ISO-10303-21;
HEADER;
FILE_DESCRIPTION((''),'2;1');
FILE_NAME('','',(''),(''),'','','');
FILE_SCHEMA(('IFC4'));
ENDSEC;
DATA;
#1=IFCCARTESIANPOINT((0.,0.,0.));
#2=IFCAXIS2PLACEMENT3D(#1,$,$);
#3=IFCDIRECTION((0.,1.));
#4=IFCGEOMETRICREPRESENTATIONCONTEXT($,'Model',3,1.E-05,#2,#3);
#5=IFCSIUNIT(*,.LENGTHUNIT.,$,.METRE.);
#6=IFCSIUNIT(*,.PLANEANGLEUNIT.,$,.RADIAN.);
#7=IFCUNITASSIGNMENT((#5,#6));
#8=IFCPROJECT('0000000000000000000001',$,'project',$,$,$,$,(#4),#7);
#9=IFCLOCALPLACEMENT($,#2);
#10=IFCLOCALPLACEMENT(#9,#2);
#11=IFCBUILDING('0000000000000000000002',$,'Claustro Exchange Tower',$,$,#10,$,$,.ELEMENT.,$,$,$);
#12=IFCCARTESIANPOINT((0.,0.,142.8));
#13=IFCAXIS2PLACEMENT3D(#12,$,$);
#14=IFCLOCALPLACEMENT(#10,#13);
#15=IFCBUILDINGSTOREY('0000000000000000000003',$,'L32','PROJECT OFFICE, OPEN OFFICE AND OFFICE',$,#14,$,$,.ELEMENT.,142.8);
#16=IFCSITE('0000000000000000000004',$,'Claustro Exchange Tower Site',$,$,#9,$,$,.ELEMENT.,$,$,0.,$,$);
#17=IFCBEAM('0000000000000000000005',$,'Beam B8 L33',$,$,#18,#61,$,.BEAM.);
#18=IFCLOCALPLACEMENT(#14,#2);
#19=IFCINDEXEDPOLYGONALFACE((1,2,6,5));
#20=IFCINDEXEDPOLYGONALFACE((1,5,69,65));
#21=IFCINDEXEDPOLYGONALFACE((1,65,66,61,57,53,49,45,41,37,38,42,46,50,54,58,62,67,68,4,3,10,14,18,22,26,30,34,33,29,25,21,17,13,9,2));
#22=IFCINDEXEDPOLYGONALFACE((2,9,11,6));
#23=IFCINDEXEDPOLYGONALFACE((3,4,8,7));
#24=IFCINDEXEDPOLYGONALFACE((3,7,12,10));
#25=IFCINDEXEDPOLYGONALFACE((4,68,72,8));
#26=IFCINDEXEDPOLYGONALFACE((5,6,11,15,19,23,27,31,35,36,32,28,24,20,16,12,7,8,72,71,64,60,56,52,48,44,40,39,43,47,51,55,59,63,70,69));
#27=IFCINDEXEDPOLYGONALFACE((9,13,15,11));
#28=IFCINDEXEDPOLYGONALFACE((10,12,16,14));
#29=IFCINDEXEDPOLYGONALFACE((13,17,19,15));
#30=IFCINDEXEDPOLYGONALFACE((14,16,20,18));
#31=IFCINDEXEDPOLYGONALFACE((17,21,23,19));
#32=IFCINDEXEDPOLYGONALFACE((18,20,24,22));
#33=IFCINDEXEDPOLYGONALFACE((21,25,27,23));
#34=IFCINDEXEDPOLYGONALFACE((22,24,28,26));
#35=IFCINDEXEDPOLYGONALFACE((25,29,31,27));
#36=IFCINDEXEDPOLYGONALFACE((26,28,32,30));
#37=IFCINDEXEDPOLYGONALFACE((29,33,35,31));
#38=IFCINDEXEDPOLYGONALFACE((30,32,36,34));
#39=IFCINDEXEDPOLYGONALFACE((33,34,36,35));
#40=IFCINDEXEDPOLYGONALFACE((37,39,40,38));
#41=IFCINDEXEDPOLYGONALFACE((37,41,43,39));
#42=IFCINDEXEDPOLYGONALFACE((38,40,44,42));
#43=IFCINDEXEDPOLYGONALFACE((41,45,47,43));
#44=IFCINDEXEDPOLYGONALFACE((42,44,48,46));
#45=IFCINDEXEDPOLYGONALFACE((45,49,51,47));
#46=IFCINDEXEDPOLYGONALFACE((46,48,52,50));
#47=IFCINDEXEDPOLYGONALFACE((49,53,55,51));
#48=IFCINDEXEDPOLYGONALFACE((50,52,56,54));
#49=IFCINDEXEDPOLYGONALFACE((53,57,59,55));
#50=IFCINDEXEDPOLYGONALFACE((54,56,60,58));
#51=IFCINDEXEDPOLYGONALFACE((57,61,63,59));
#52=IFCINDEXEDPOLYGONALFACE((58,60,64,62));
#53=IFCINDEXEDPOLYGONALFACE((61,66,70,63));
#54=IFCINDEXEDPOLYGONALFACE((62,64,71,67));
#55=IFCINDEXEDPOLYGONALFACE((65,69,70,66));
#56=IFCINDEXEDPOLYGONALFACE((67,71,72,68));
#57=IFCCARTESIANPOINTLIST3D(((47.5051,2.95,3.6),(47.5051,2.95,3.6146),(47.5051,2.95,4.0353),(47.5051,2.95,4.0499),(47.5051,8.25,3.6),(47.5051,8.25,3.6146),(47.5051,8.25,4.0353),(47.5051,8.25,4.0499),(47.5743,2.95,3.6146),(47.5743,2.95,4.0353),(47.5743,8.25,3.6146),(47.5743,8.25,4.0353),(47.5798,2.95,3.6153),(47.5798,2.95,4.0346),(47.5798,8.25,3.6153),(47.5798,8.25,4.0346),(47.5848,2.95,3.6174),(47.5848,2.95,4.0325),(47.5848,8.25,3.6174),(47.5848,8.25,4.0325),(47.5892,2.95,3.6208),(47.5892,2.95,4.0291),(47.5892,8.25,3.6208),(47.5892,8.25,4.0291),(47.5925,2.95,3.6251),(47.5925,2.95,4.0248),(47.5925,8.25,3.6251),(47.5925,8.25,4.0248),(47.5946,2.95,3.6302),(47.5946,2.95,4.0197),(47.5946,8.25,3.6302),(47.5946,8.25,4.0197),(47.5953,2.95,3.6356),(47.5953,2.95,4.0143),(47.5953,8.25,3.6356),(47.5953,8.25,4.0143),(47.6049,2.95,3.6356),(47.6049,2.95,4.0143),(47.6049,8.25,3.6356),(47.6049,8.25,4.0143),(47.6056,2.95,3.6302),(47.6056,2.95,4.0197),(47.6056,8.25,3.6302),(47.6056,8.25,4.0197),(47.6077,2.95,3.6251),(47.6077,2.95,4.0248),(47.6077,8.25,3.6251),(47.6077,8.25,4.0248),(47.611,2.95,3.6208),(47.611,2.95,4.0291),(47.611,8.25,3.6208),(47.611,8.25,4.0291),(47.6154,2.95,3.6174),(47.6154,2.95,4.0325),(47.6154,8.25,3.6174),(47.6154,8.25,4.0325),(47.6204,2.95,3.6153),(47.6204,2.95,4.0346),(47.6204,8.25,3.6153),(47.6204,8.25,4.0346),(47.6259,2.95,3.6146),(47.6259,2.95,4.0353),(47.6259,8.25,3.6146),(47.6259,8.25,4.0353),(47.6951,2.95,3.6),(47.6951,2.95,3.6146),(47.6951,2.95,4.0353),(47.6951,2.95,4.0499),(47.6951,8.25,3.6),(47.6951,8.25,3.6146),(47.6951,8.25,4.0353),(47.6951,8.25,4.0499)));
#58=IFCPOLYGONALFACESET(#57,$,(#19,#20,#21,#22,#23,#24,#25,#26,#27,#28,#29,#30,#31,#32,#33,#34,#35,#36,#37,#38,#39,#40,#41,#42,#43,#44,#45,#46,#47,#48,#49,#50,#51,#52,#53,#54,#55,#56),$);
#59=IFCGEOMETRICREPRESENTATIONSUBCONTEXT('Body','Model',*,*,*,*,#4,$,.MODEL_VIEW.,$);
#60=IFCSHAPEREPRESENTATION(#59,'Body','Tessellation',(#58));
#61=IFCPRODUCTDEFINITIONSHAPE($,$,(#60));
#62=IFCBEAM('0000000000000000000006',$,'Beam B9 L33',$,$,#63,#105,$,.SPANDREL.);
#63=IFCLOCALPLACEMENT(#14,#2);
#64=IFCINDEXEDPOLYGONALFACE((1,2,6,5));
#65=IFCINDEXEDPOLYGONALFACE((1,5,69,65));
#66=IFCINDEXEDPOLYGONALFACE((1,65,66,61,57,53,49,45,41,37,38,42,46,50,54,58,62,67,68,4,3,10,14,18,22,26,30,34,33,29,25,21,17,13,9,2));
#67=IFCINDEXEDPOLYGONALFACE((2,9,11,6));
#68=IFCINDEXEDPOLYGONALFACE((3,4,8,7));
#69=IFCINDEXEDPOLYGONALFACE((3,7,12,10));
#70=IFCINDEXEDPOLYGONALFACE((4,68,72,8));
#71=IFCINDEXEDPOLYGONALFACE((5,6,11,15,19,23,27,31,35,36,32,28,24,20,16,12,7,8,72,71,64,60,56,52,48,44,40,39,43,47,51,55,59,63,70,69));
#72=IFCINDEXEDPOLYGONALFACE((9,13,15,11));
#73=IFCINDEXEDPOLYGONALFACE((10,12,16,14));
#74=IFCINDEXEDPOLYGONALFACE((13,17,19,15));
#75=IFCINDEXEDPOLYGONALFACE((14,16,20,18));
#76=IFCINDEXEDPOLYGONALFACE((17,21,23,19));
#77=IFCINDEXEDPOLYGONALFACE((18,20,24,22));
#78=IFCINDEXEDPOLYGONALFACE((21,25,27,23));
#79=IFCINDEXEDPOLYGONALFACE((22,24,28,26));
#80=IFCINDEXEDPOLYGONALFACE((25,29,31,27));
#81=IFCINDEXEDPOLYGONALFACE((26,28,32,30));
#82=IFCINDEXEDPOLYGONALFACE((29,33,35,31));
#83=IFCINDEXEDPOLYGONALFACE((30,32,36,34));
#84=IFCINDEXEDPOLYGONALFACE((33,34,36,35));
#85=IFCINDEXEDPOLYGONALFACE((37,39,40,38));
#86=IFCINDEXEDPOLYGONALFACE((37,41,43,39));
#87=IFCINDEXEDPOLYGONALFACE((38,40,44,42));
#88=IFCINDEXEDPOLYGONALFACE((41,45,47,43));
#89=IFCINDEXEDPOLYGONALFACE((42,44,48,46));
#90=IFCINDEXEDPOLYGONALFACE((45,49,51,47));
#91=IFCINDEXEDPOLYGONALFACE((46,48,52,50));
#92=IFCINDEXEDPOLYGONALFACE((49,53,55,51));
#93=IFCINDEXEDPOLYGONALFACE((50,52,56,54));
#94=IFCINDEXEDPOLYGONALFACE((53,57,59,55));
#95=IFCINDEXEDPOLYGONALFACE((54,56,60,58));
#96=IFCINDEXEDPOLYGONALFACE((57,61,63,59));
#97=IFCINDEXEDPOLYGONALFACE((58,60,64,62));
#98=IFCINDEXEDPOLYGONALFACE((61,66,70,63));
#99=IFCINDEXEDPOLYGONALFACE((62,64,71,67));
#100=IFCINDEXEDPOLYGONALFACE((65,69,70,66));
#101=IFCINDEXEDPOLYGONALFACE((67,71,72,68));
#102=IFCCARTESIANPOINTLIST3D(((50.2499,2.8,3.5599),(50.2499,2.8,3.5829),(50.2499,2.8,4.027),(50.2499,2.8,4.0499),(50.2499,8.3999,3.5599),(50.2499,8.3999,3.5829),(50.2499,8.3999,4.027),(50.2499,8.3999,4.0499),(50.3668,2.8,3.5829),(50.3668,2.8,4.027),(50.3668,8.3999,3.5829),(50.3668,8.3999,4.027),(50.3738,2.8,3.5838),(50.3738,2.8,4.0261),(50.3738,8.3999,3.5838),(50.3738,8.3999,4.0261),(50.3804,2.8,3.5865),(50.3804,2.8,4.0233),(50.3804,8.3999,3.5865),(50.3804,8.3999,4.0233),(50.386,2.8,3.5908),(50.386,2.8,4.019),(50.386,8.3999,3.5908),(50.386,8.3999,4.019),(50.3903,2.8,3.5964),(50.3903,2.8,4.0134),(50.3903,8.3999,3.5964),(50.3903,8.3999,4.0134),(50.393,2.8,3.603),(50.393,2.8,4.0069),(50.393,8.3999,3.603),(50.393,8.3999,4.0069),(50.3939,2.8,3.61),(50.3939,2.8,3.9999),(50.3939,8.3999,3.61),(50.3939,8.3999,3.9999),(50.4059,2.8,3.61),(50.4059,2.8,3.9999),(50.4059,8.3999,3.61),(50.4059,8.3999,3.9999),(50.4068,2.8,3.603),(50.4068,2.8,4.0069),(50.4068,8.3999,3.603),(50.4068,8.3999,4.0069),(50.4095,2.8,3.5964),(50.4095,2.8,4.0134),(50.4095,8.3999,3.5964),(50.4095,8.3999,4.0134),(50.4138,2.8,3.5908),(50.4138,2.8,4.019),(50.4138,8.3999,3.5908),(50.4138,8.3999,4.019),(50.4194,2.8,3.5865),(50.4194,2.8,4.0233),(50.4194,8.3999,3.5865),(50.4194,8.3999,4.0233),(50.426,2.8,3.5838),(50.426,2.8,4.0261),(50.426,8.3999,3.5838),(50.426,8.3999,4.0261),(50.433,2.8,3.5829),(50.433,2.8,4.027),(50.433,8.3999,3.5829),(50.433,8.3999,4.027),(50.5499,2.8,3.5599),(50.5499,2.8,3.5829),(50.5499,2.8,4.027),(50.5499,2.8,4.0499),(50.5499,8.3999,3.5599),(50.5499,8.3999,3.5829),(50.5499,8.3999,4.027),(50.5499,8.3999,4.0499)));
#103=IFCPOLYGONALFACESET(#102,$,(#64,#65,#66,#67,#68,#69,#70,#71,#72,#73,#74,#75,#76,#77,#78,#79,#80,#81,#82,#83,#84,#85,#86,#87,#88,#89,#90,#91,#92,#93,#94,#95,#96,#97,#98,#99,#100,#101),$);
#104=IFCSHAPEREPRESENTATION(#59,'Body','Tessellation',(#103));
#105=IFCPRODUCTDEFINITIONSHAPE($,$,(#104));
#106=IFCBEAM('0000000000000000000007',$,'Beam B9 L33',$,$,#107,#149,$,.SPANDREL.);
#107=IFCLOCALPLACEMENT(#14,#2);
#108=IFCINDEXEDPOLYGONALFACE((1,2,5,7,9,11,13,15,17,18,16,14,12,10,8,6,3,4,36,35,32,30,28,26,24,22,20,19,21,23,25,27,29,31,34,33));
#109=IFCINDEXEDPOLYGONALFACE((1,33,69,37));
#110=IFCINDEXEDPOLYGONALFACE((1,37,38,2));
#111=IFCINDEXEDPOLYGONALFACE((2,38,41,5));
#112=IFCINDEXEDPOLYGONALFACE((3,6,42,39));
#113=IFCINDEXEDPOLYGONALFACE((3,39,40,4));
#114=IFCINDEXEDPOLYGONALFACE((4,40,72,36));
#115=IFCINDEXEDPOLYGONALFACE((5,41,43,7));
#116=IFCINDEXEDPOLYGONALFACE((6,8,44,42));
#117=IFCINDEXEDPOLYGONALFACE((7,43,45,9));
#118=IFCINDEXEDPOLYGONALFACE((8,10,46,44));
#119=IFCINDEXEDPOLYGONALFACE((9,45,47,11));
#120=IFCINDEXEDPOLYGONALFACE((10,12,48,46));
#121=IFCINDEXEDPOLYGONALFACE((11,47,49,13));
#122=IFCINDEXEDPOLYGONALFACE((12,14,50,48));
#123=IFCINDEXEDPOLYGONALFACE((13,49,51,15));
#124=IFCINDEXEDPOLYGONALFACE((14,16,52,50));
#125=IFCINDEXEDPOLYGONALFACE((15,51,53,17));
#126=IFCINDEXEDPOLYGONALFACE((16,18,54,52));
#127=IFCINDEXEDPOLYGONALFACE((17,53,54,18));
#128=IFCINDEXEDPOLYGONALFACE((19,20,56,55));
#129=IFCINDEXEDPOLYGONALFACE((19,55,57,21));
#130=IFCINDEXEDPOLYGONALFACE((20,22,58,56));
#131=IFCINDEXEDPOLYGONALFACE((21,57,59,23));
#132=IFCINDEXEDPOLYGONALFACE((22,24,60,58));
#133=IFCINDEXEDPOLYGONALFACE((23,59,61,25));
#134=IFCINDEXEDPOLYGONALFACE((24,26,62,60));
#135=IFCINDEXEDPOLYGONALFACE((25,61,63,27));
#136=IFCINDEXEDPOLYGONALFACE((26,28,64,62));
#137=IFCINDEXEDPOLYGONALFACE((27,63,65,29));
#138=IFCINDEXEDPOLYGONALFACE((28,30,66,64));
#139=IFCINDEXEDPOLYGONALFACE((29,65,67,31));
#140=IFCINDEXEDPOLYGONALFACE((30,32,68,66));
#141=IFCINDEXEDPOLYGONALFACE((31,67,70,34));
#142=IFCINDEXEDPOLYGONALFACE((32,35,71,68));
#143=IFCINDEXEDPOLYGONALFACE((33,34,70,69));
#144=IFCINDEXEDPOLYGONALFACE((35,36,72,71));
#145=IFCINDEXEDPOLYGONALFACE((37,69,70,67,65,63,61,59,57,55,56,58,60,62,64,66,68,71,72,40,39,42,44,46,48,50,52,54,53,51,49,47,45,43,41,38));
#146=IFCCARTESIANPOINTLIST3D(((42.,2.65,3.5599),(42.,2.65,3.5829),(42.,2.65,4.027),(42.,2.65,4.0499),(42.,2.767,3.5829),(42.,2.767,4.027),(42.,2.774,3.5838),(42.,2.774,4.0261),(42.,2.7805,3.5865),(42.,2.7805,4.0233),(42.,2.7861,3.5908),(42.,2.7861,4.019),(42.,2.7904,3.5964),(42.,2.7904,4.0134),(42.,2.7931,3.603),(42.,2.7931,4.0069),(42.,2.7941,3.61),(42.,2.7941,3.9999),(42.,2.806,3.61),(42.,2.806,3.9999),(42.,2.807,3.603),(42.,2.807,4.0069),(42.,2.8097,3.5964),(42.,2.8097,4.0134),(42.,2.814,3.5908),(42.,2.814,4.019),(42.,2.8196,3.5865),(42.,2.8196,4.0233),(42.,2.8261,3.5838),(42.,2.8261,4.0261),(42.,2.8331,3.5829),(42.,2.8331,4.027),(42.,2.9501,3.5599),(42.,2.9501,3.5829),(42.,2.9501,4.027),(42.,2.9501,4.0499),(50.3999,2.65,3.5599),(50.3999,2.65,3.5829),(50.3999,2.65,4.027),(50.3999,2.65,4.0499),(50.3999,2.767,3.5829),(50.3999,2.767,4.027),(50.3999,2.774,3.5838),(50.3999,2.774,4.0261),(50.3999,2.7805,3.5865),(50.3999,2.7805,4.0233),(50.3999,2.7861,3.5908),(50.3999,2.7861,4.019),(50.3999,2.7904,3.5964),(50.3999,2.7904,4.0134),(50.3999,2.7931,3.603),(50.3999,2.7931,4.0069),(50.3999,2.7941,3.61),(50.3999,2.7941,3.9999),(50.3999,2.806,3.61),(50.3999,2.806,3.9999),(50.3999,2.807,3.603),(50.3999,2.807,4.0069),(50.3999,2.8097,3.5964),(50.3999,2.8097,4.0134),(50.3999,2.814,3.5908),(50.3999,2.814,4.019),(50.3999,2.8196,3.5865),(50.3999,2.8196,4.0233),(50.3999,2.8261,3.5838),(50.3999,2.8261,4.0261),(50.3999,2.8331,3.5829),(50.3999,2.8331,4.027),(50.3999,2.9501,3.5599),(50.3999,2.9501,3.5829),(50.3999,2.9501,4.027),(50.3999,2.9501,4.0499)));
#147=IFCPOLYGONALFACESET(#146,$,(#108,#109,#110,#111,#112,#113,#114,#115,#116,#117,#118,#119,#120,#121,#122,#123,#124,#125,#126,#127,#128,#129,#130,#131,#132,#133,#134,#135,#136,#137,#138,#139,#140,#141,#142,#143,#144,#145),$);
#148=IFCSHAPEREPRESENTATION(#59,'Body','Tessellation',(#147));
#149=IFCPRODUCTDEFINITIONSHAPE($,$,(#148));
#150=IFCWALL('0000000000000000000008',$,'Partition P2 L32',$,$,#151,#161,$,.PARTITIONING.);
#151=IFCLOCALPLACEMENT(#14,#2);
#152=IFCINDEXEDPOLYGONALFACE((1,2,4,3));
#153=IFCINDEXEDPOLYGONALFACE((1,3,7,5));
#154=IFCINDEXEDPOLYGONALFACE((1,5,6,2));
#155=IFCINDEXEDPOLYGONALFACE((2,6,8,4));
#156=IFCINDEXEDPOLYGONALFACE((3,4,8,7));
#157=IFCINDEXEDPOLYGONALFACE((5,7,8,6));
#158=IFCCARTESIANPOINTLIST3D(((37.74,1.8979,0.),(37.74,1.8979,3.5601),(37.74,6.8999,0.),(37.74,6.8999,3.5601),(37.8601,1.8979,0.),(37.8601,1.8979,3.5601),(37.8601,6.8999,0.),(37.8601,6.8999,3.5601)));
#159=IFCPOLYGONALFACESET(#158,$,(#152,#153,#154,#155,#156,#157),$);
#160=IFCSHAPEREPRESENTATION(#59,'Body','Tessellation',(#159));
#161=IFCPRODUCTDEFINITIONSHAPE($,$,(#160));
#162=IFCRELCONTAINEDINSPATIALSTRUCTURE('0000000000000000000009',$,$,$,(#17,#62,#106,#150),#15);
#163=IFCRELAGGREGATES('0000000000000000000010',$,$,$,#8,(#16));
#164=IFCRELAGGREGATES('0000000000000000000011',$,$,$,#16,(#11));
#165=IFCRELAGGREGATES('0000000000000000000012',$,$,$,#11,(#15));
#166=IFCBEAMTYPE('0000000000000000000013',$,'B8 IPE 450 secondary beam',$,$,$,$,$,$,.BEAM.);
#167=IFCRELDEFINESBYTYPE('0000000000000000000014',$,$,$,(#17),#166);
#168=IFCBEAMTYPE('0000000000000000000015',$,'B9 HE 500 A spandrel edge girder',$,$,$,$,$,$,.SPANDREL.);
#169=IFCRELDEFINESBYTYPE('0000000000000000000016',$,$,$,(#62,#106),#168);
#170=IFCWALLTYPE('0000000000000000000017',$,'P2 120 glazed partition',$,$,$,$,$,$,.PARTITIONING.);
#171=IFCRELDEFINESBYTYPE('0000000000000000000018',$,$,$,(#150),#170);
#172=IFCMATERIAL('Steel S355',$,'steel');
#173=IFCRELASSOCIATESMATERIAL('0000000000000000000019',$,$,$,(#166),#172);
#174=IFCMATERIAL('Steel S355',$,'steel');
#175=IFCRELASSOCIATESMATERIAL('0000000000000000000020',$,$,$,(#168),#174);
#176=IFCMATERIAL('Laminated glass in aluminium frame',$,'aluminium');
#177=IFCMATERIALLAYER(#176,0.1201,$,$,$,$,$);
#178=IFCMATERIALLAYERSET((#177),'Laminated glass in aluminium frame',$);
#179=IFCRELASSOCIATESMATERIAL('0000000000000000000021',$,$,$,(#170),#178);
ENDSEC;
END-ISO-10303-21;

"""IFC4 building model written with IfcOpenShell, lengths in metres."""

from ifc_helpers import new_model, si_unit, direction, frame, frame_2d, origin, origin_2d, place, context, subcontext, project, spatial, rectangle, i_section, extrude, material, layer, layer_set, material_profile, profile_set, type_object, element, save


model = new_model("IFC4")

# Units and contexts
model_context = context("Model", 3, precision=1e-05, world=origin(), true_north=direction((0.0, 1.0)))
body_context = subcontext(model_context, "Body", "Model", "MODEL_VIEW")
ifc_project = project(units=[si_unit("LENGTHUNIT", "METRE"), si_unit("PLANEANGLEUNIT", "RADIAN")], contexts=[model_context])

# Site, building, storey
site_placement = place(None, origin())
site = spatial("IfcSite", under=ifc_project, at=site_placement, Name="Claustro Exchange Tower Site", CompositionType="ELEMENT", RefElevation=0.0)
building_placement = place(site_placement, origin())
building = spatial("IfcBuilding", under=site, at=building_placement, Name="Claustro Exchange Tower", CompositionType="ELEMENT")
storey_placement = place(building_placement, frame((0.0, 0.0, 142.8)))
storey = spatial("IfcBuildingStorey", under=building, at=storey_placement, Name="L32", Description="PROJECT OFFICE, OPEN OFFICE AND OFFICE", CompositionType="ELEMENT", Elevation=142.8)

# Beams
ifc_material_1 = material(Name="Steel S355", Category="steel")
ifc_material_profile_1 = material_profile(ifc_material_1, i_section(OverallWidth=0.1899, OverallDepth=0.45, WebThickness=0.0095, FlangeThickness=0.0146, FilletRadius=0.021, at=origin_2d()), Name="IPE 450")
ifc_profile_set_1 = profile_set([ifc_material_profile_1], Name="Steel S355")
beam_type_1 = type_object("IfcBeamType", Name="B8 IPE 450 secondary beam", PredefinedType="BEAM", material=ifc_profile_set_1)
for number, where, z_axis, x_axis, name in (
    (1, (47.6001, 2.95, 3.825), (0.0, 1.0, 0.0), (-1.0, 0.0, 0.0), "Beam B8 L33"),
):
    element("IfcBeam", number, at=place(storey_placement, frame(where, z_axis=z_axis, x_axis=x_axis)), inside=storey, type_object=beam_type_1, Name=name, PredefinedType="BEAM", context=body_context, shape_type="SweptSolid", body=[
        extrude(i_section(OverallWidth=0.1899, OverallDepth=0.45, WebThickness=0.0095, FlangeThickness=0.0146, FilletRadius=0.021, at=origin_2d()), origin(), (0.0, 0.0, 1.0), 5.3),
    ])
ifc_material_2 = material(Name="Steel S355", Category="steel")
ifc_material_profile_2 = material_profile(ifc_material_2, i_section(OverallWidth=0.3, OverallDepth=0.49, WebThickness=0.012, FlangeThickness=0.0229, FilletRadius=0.0271, at=origin_2d()), Name="HE 500 A")
ifc_profile_set_2 = profile_set([ifc_material_profile_2], Name="Steel S355")
beam_type_2 = type_object("IfcBeamType", Name="B9 HE 500 A spandrel edge girder", PredefinedType="SPANDREL", material=ifc_profile_set_2)
beam_1_placement = place(storey_placement, frame((50.3999, 2.8, 3.8049), z_axis=(0.0, 1.0, 0.0), x_axis=(-1.0, 0.0, 0.0)))
element("IfcBeam", 2, at=beam_1_placement, inside=storey, type_object=beam_type_2, Name="Beam B9 L33", PredefinedType="SPANDREL", context=body_context, shape_type="SweptSolid", body=[
    extrude(i_section(OverallWidth=0.3, OverallDepth=0.49, WebThickness=0.012, FlangeThickness=0.0229, FilletRadius=0.0271, at=origin_2d()), origin(), (0.0, 0.0, 1.0), 5.5999),
])
beam_2_placement = place(storey_placement, frame((42.0, 2.8, 3.8049), z_axis=(1.0, 0.0, 0.0), x_axis=(0.0, 1.0, 0.0)))
element("IfcBeam", 3, at=beam_2_placement, inside=storey, type_object=beam_type_2, Name="Beam B9 L33", PredefinedType="SPANDREL", context=body_context, shape_type="SweptSolid", body=[
    extrude(i_section(OverallWidth=0.3, OverallDepth=0.49, WebThickness=0.012, FlangeThickness=0.0229, FilletRadius=0.0271, at=origin_2d()), origin(), (0.0, 0.0, 1.0), 8.3999),
])

# Wall
ifc_material_3 = material(Name="Laminated glass in aluminium frame", Category="aluminium")
ifc_layer_1 = layer(ifc_material_3, 0.1201)
ifc_layer_set_1 = layer_set([ifc_layer_1], Name="Laminated glass in aluminium frame")
wall_type_1 = type_object("IfcWallType", Name="P2 120 glazed partition", PredefinedType="PARTITIONING", material=ifc_layer_set_1)
wall_1_placement = place(storey_placement, frame((37.8, 1.8979, 0.0), z_axis=(0.0, 0.0, 1.0), x_axis=(0.0, 1.0, 0.0)))
element("IfcWall", 4, at=wall_1_placement, inside=storey, type_object=wall_type_1, Name="Partition P2 L32", PredefinedType="PARTITIONING", context=body_context, shape_type="SweptSolid", body=[
    extrude(rectangle(XDim=5.002, YDim=0.1201, at=frame_2d((2.501, 0.0))), origin(), (0.0, 0.0, 1.0), 3.5601),
])

save(model, "model.ifc")
